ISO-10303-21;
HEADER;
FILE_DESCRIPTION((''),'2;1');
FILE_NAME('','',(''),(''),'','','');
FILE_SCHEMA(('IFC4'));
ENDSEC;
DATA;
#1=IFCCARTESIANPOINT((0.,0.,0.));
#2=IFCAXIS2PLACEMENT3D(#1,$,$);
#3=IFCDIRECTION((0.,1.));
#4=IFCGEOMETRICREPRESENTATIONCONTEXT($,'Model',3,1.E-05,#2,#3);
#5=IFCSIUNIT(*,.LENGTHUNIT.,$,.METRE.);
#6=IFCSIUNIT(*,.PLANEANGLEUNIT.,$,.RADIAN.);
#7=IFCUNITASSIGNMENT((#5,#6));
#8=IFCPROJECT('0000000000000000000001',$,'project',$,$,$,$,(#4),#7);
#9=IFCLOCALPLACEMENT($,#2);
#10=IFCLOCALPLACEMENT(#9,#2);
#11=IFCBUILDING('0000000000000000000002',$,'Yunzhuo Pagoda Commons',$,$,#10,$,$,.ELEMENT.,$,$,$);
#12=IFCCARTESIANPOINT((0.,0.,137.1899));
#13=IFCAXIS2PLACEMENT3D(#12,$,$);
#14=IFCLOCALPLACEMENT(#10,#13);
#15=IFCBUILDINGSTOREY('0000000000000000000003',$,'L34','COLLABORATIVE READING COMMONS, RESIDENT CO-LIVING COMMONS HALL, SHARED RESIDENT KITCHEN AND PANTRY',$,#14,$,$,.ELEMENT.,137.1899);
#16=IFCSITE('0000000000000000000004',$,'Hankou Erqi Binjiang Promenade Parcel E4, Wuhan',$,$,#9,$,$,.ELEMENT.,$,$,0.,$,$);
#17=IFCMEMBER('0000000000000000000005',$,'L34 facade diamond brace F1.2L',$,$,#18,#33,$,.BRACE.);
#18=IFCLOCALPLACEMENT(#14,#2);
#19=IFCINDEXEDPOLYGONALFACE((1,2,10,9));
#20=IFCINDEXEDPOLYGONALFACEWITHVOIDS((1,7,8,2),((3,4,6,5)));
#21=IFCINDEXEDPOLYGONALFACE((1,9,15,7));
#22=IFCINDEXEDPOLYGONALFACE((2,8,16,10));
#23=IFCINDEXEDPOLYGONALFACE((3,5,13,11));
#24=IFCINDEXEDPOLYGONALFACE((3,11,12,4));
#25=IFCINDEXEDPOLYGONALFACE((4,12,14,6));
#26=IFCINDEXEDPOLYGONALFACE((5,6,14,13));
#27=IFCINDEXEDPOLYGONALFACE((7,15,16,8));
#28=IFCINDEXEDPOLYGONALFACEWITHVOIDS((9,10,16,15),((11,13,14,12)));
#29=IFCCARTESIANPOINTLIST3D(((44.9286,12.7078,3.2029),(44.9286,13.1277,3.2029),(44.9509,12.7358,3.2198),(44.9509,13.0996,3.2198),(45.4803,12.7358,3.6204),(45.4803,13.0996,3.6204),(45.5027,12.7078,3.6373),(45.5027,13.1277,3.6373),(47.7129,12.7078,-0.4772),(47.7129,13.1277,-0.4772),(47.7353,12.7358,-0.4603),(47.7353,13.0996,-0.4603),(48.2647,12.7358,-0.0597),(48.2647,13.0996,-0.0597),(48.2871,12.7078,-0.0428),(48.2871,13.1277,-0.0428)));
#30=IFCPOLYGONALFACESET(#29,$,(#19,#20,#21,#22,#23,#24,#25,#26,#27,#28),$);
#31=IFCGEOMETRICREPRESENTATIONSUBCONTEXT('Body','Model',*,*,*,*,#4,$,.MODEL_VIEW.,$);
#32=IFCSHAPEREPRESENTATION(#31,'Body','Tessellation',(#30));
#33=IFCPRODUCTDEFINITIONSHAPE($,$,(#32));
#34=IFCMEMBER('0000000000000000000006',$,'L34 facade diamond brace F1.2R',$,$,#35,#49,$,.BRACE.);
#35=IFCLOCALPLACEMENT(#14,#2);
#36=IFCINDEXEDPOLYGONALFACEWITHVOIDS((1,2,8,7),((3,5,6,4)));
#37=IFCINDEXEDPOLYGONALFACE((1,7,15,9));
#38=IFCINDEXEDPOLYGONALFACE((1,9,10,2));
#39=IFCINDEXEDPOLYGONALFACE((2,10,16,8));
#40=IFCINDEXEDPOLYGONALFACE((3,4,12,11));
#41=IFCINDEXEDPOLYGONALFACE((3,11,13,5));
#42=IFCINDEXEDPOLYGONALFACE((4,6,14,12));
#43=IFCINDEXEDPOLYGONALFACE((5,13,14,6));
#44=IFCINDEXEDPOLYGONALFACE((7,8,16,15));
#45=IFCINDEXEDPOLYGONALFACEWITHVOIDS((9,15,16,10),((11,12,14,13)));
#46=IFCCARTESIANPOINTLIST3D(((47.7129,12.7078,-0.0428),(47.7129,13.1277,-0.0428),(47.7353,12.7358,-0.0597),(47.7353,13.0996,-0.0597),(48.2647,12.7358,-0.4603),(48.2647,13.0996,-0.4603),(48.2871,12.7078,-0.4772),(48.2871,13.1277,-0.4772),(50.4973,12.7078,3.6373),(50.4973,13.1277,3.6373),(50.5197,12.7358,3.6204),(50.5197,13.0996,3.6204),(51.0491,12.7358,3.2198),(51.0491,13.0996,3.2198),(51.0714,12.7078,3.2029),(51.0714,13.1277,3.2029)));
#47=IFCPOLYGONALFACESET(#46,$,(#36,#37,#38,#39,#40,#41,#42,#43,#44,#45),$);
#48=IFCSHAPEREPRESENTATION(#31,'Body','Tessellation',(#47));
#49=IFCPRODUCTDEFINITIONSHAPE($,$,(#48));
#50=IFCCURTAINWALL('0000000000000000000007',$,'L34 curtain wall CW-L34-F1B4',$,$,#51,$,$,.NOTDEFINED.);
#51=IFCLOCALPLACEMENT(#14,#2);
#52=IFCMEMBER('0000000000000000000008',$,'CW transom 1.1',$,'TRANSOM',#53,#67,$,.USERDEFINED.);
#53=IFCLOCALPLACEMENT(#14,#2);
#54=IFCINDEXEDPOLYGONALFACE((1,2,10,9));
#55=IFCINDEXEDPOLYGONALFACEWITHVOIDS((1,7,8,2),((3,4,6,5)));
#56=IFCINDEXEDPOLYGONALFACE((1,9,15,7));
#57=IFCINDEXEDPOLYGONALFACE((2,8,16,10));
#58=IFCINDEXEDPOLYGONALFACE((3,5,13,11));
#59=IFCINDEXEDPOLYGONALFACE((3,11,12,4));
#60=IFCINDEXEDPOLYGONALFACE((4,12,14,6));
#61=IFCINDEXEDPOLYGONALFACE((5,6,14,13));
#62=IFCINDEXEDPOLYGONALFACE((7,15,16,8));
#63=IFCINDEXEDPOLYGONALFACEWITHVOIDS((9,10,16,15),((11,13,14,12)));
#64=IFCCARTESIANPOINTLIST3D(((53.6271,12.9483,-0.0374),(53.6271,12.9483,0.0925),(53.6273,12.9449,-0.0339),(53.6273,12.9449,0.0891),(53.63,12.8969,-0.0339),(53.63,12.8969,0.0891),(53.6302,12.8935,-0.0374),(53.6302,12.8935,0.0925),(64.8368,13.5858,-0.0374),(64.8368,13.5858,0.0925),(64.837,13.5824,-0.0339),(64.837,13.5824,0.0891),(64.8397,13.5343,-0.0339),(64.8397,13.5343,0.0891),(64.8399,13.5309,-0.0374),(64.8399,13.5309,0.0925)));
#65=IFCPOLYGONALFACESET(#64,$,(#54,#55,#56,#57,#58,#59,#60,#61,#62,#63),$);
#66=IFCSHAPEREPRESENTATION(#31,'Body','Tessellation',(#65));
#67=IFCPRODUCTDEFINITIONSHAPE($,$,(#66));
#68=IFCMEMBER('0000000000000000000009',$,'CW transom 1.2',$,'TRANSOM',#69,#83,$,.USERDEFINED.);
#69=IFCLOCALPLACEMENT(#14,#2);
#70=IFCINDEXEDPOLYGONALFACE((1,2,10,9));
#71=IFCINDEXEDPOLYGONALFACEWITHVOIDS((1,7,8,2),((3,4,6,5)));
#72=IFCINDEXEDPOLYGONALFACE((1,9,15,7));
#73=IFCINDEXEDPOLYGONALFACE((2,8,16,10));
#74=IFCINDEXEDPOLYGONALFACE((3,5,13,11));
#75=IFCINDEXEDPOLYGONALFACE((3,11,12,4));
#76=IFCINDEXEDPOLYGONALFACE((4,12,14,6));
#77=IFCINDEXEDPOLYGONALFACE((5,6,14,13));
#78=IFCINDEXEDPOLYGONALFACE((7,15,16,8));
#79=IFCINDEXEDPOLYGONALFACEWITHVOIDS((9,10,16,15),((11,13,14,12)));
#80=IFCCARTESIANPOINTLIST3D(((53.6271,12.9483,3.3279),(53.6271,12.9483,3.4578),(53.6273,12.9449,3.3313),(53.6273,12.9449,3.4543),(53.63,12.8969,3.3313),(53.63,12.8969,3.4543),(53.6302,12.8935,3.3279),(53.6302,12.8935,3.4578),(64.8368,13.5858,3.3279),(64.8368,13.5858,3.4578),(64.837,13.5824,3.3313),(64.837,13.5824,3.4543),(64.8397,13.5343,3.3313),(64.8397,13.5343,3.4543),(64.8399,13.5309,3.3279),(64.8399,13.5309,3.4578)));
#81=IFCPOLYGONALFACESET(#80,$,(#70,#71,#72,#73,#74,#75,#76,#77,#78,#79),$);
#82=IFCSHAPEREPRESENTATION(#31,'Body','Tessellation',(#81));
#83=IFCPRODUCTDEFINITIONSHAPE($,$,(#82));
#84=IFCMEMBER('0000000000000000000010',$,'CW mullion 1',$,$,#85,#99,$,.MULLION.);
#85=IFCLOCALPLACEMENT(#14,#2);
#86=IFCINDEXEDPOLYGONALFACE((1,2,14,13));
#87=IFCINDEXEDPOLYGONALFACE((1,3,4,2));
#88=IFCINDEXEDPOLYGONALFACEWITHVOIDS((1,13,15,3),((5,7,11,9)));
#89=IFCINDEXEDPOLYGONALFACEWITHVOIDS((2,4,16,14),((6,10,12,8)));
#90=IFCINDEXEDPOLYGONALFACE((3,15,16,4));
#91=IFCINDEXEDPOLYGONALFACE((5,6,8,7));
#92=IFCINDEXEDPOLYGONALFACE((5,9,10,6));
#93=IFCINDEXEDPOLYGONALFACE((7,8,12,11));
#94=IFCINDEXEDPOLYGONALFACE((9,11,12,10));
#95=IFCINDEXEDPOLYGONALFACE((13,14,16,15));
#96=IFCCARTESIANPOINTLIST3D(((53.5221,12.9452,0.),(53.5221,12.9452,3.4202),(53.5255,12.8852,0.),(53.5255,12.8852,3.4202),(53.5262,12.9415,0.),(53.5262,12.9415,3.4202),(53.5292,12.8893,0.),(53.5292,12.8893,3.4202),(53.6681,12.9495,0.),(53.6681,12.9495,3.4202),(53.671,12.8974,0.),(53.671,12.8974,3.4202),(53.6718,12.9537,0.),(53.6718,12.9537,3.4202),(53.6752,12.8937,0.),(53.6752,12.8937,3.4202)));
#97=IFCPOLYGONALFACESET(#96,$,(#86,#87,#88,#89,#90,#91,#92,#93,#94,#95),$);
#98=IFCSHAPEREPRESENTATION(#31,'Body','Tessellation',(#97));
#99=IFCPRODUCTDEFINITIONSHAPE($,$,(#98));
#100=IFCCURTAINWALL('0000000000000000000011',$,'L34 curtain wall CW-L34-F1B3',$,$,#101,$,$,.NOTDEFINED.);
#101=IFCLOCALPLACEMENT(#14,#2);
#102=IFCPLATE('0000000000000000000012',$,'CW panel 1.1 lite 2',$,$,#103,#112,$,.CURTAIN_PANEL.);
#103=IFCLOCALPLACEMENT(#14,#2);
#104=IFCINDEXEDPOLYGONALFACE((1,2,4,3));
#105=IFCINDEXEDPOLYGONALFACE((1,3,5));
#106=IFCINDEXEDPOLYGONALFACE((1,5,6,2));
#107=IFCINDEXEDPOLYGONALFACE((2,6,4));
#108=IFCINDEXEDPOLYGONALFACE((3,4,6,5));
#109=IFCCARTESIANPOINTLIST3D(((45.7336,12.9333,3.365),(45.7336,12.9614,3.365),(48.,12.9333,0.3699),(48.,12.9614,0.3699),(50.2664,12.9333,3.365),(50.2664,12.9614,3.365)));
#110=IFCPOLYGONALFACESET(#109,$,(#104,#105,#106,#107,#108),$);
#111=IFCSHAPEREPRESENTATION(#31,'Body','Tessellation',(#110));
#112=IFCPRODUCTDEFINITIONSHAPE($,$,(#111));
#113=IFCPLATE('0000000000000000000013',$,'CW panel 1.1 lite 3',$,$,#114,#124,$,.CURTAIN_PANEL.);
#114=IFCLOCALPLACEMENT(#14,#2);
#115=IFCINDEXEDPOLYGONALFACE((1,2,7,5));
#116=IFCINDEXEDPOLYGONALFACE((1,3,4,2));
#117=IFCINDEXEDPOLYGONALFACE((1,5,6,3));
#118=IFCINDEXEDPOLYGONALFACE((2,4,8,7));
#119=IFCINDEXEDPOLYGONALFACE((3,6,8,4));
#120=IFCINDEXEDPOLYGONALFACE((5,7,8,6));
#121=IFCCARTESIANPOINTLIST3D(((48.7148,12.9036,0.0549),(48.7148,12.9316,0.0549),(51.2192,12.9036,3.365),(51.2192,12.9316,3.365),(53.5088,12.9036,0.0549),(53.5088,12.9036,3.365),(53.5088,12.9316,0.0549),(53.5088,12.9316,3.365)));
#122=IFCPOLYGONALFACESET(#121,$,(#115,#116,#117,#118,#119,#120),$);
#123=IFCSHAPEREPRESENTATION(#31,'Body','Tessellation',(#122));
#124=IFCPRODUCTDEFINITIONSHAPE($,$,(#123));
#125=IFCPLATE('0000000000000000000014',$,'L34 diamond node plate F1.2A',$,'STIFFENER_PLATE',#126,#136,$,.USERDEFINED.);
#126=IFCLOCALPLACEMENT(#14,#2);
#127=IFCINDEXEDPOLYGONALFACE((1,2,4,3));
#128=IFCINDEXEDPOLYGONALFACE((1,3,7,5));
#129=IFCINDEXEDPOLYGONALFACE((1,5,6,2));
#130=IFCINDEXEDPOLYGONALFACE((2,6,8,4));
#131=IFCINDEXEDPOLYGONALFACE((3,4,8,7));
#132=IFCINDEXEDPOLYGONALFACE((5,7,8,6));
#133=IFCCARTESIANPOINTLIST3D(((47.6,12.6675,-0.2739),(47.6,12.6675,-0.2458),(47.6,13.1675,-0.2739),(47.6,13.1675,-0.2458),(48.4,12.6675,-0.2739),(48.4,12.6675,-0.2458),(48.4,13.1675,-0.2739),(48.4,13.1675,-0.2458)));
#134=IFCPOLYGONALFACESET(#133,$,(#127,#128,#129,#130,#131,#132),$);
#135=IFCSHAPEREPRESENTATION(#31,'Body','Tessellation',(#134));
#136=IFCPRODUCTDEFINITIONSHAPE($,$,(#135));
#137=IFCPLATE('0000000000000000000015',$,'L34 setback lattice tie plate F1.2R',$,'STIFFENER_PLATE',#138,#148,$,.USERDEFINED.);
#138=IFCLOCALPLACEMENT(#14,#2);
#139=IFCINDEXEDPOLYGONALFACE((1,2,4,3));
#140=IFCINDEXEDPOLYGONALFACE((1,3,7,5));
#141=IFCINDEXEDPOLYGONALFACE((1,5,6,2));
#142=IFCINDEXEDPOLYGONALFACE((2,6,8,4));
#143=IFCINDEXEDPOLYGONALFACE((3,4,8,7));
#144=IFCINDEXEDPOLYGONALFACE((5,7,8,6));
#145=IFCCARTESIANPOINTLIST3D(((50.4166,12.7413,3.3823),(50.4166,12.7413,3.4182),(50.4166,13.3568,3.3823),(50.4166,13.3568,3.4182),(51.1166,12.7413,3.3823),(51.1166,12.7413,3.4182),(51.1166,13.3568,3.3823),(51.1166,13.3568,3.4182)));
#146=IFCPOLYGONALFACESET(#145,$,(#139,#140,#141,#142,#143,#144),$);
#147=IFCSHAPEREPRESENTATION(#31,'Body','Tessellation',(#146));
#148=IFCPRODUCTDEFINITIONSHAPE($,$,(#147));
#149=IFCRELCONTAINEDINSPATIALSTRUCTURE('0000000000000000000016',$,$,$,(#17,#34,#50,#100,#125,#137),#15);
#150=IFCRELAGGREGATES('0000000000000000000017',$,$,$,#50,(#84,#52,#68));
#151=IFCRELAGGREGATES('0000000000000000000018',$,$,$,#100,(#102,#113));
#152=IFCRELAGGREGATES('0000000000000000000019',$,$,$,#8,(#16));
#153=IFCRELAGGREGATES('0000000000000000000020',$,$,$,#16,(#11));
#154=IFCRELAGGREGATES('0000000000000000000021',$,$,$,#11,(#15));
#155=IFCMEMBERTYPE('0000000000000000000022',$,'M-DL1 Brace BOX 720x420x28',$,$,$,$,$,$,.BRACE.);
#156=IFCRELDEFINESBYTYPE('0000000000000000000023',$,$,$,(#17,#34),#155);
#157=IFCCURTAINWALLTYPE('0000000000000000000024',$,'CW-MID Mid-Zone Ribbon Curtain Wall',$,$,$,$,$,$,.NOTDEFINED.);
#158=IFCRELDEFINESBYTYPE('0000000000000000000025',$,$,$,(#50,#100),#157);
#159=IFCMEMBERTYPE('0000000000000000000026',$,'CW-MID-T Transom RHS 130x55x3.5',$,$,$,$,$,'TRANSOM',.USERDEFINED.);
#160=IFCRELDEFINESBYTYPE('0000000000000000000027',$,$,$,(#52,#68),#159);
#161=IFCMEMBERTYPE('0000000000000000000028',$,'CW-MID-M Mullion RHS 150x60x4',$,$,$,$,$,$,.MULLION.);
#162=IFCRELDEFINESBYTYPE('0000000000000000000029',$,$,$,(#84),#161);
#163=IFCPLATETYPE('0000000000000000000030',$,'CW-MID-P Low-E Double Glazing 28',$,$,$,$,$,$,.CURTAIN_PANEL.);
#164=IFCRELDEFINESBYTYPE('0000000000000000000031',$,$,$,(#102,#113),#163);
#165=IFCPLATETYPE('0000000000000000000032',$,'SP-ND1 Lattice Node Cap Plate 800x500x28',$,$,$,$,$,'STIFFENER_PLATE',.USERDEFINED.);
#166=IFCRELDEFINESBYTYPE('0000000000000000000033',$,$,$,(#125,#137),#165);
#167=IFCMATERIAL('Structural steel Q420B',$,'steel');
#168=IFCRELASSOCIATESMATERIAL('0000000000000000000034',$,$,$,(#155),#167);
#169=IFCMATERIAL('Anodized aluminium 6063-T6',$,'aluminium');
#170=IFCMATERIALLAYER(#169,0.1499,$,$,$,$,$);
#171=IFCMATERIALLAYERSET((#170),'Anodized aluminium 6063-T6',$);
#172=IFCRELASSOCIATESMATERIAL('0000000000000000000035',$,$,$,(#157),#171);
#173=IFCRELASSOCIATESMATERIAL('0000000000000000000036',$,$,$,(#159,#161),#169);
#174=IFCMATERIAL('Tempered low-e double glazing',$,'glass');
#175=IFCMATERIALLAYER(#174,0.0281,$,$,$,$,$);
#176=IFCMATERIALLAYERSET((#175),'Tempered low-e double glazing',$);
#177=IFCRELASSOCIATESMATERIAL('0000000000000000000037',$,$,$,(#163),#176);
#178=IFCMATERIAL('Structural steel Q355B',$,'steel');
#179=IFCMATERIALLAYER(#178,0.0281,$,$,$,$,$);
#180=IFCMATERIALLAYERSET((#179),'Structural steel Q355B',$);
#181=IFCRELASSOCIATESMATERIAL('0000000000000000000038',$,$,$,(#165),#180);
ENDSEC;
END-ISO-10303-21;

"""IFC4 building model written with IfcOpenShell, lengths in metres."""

from ifc_helpers import new_model, si_unit, direction, frame, origin, origin_2d, place, context, subcontext, project, spatial, polyline, rectangle, hollow_rectangle, outline, extrude, source, transform, mapped, material, layer, layer_set, material_profile, profile_set, type_object, element, aggregate, save


model = new_model("IFC4")

# Units and contexts
model_context = context("Model", 3, precision=1e-05, world=origin(), true_north=direction((0.0, 1.0)))
body_context = subcontext(model_context, "Body", "Model", "MODEL_VIEW")
ifc_project = project(units=[si_unit("LENGTHUNIT", "METRE"), si_unit("PLANEANGLEUNIT", "RADIAN")], contexts=[model_context])

# Site, building, storey
site_placement = place(None, origin())
site = spatial("IfcSite", under=ifc_project, at=site_placement, Name="Hankou Erqi Binjiang Promenade Parcel E4, Wuhan", CompositionType="ELEMENT", RefElevation=0.0)
building_placement = place(site_placement, origin())
building = spatial("IfcBuilding", under=site, at=building_placement, Name="Yunzhuo Pagoda Commons", CompositionType="ELEMENT")
storey_placement = place(building_placement, frame((0.0, 0.0, 137.1899)))
storey = spatial("IfcBuildingStorey", under=building, at=storey_placement, Name="L34", Description="COLLABORATIVE READING COMMONS, RESIDENT CO-LIVING COMMONS HALL, SHARED RESIDENT KITCHEN AND PANTRY", CompositionType="ELEMENT", Elevation=137.1899)

# Shared definitions
ifc_material_1 = material(Name="Structural steel Q420B", Category="steel")

# Shared definitions
ifc_material_2 = material(Name="Structural steel Q355B", Category="steel")

# Members
ifc_material_profile_1 = material_profile(ifc_material_1, hollow_rectangle(XDim=0.4199, YDim=0.72, WallThickness=0.0281, at=origin_2d()), Name="Structural steel Q420B")
ifc_profile_set_1 = profile_set([ifc_material_profile_1], Name="Structural steel Q420B")
member_type_1 = type_object("IfcMemberType", Name="M-DL1 Brace BOX 720x420x28", PredefinedType="BRACE", material=ifc_profile_set_1)
shared_shape_1 = source(origin(), body_context, "Body", "SweptSolid", [
    extrude(hollow_rectangle(XDim=0.4199, YDim=0.72, WallThickness=0.0281, at=origin_2d()), origin(), (0.0, 0.0, 1.0), 4.6147),
])
for number, where, z_axis, x_axis, name in (
    (1, (48.0, 12.9177, -0.26), (-0.603364, 0.0, 0.797466), (0.0, -1.0, 0.0), "L34 facade diamond brace F1.2L"),
    (2, (48.0, 12.9177, -0.26), (0.603364, 0.0, 0.797466), (0.0, 1.0, 0.0), "L34 facade diamond brace F1.2R"),
):
    element("IfcMember", number, at=place(storey_placement, frame(where, z_axis=z_axis, x_axis=x_axis)), inside=storey, type_object=member_type_1, Name=name, PredefinedType="BRACE", context=body_context, shape_type="MappedRepresentation", body=[
        mapped(shared_shape_1, transform((0.0, 0.0, 0.0), scale=1.0)),
    ])

# Curtain wall, members
ifc_material_3 = material(Name="Anodized aluminium 6063-T6", Category="aluminium")
ifc_layer_1 = layer(ifc_material_3, 0.1499)
ifc_layer_set_1 = layer_set([ifc_layer_1], Name="Anodized aluminium 6063-T6")
curtain_wall_type = type_object("IfcCurtainWallType", Name="CW-MID Mid-Zone Ribbon Curtain Wall", PredefinedType="NOTDEFINED", material=ifc_layer_set_1)
curtain_wall_1_placement = place(storey_placement, origin())
curtain_wall_1 = element("IfcCurtainWall", 3, at=curtain_wall_1_placement, inside=storey, type_object=curtain_wall_type, Name="L34 curtain wall CW-L34-F1B4", PredefinedType="NOTDEFINED")
ifc_material_profile_2 = material_profile(ifc_material_3, hollow_rectangle(XDim=0.0549, YDim=0.1299, WallThickness=0.0034, at=origin_2d()), Name="Anodized aluminium 6063-T6")
ifc_profile_set_2 = profile_set([ifc_material_profile_2], Name="Anodized aluminium 6063-T6")
member_type_2 = type_object("IfcMemberType", Name="CW-MID-T Transom RHS 130x55x3.5", ElementType="TRANSOM", PredefinedType="USERDEFINED", material=ifc_profile_set_2)
shared_shape_2 = source(origin(), body_context, "Body", "SweptSolid", [
    extrude(hollow_rectangle(XDim=0.0549, YDim=0.1299, WallThickness=0.0034, at=origin_2d()), origin(), (0.0, 0.0, 1.0), 11.2278),
])
member_1_placement = place(storey_placement, frame((53.6287, 12.9209, 0.0276), z_axis=(0.998387, 0.056774, 0.0), x_axis=(-0.056774, 0.998387, 0.0)))
member_1 = element("IfcMember", 4, at=member_1_placement, type_object=member_type_2, Name="CW transom 1.1", ObjectType="TRANSOM", PredefinedType="USERDEFINED", context=body_context, shape_type="MappedRepresentation", body=[
    mapped(shared_shape_2, transform((0.0, 0.0, 0.0), scale=1.0)),
])
member_2_placement = place(storey_placement, frame((53.6287, 12.9209, 3.3928), z_axis=(0.998387, 0.056774, 0.0), x_axis=(-0.056774, 0.998387, 0.0)))
member_2 = element("IfcMember", 5, at=member_2_placement, type_object=member_type_2, Name="CW transom 1.2", ObjectType="TRANSOM", PredefinedType="USERDEFINED", context=body_context, shape_type="MappedRepresentation", body=[
    mapped(shared_shape_2, transform((0.0, 0.0, 0.0), scale=1.0)),
])
ifc_material_profile_3 = material_profile(ifc_material_3, hollow_rectangle(XDim=0.0601, YDim=0.1499, WallThickness=0.0039, at=origin_2d()), Name="Anodized aluminium 6063-T6")
ifc_profile_set_3 = profile_set([ifc_material_profile_3], Name="Anodized aluminium 6063-T6")
member_type_3 = type_object("IfcMemberType", Name="CW-MID-M Mullion RHS 150x60x4", PredefinedType="MULLION", material=ifc_profile_set_3)
shared_shape_3 = source(origin(), body_context, "Body", "SweptSolid", [
    extrude(hollow_rectangle(XDim=0.0601, YDim=0.1499, WallThickness=0.0039, at=origin_2d()), origin(), (0.0, 0.0, 1.0), 3.4202),
])
member_3_placement = place(storey_placement, frame((53.5986, 12.9194, 0.0), z_axis=(0.0, 0.0, 1.0), x_axis=(-0.056742, 0.998389, 0.0)))
member_3 = element("IfcMember", 6, at=member_3_placement, type_object=member_type_3, Name="CW mullion 1", PredefinedType="MULLION", context=body_context, shape_type="MappedRepresentation", body=[
    mapped(shared_shape_3, transform((0.0, 0.0, 0.0), scale=1.0)),
])
aggregate(curtain_wall_1, [member_3, member_1, member_2])

# Curtain wall, plates
curtain_wall_2_placement = place(storey_placement, origin())
curtain_wall_2 = element("IfcCurtainWall", 7, at=curtain_wall_2_placement, inside=storey, type_object=curtain_wall_type, Name="L34 curtain wall CW-L34-F1B3", PredefinedType="NOTDEFINED")
ifc_material_4 = material(Name="Tempered low-e double glazing", Category="glass")
ifc_layer_2 = layer(ifc_material_4, 0.0281)
ifc_layer_set_2 = layer_set([ifc_layer_2], Name="Tempered low-e double glazing")
plate_type_1 = type_object("IfcPlateType", Name="CW-MID-P Low-E Double Glazing 28", PredefinedType="CURTAIN_PANEL", material=ifc_layer_set_2)
plate_1_placement = place(storey_placement, frame((48.0, 12.9614, 1.8674), z_axis=(0.0, -1.0, 0.0), x_axis=(1.0, 0.0, 0.0)))
plate_1 = element("IfcPlate", 8, at=plate_1_placement, type_object=plate_type_1, Name="CW panel 1.1 lite 2", PredefinedType="CURTAIN_PANEL", context=body_context, shape_type="SweptSolid", body=[
    extrude(outline(polyline([(-2.2664, 1.4976), (0.0, -1.4976), (2.2664, 1.4976), (-2.2664, 1.4976)])), origin(), (0.0, 0.0, 1.0), 0.0281),
])
plate_2_placement = place(storey_placement, frame((51.1118, 12.9316, 1.71), z_axis=(0.0, -1.0, 0.0), x_axis=(1.0, 0.0, 0.0)))
plate_2 = element("IfcPlate", 9, at=plate_2_placement, type_object=plate_type_1, Name="CW panel 1.1 lite 3", PredefinedType="CURTAIN_PANEL", context=body_context, shape_type="SweptSolid", body=[
    extrude(outline(polyline([(-2.397, -1.655), (2.397, -1.655), (2.397, 1.655), (0.1074, 1.655), (-2.397, -1.655)])), origin(), (0.0, 0.0, 1.0), 0.0281),
])
aggregate(curtain_wall_2, [plate_1, plate_2])

# Plates
ifc_layer_3 = layer(ifc_material_2, 0.0281)
ifc_layer_set_3 = layer_set([ifc_layer_3], Name="Structural steel Q355B")
plate_type_2 = type_object("IfcPlateType", Name="SP-ND1 Lattice Node Cap Plate 800x500x28", ElementType="STIFFENER_PLATE", PredefinedType="USERDEFINED", material=ifc_layer_set_3)
shared_shape_4 = source(origin(), body_context, "Body", "SweptSolid", [
    extrude(rectangle(XDim=0.8, YDim=0.5, at=origin_2d()), origin(), (0.0, 0.0, 1.0), 0.0281),
])
plate_3_placement = place(storey_placement, frame((48.0, 12.9175, -0.2739), z_axis=(0.0, 0.0, 1.0), x_axis=(1.0, 0.0, 0.0)))
element("IfcPlate", 10, at=plate_3_placement, inside=storey, type_object=plate_type_2, Name="L34 diamond node plate F1.2A", ObjectType="STIFFENER_PLATE", PredefinedType="USERDEFINED", context=body_context, shape_type="MappedRepresentation", body=[
    mapped(shared_shape_4, transform((0.0, 0.0, 0.0), scale=1.0)),
])
shared_shape_5 = source(origin(), body_context, "Body", "SweptSolid", [
    extrude(rectangle(XDim=0.7, YDim=0.6155, at=origin_2d()), origin(), (0.0, 0.0, 1.0), 0.0359),
])
plate_4_placement = place(storey_placement, frame((50.7666, 13.0491, 3.3823), z_axis=(0.0, 0.0, 1.0), x_axis=(1.0, 0.0, 0.0)))
element("IfcPlate", 11, at=plate_4_placement, inside=storey, type_object=plate_type_2, Name="L34 setback lattice tie plate F1.2R", ObjectType="STIFFENER_PLATE", PredefinedType="USERDEFINED", context=body_context, shape_type="MappedRepresentation", body=[
    mapped(shared_shape_5, transform((0.0, 0.0, 0.0), scale=1.0)),
])

save(model, "model.ifc")
